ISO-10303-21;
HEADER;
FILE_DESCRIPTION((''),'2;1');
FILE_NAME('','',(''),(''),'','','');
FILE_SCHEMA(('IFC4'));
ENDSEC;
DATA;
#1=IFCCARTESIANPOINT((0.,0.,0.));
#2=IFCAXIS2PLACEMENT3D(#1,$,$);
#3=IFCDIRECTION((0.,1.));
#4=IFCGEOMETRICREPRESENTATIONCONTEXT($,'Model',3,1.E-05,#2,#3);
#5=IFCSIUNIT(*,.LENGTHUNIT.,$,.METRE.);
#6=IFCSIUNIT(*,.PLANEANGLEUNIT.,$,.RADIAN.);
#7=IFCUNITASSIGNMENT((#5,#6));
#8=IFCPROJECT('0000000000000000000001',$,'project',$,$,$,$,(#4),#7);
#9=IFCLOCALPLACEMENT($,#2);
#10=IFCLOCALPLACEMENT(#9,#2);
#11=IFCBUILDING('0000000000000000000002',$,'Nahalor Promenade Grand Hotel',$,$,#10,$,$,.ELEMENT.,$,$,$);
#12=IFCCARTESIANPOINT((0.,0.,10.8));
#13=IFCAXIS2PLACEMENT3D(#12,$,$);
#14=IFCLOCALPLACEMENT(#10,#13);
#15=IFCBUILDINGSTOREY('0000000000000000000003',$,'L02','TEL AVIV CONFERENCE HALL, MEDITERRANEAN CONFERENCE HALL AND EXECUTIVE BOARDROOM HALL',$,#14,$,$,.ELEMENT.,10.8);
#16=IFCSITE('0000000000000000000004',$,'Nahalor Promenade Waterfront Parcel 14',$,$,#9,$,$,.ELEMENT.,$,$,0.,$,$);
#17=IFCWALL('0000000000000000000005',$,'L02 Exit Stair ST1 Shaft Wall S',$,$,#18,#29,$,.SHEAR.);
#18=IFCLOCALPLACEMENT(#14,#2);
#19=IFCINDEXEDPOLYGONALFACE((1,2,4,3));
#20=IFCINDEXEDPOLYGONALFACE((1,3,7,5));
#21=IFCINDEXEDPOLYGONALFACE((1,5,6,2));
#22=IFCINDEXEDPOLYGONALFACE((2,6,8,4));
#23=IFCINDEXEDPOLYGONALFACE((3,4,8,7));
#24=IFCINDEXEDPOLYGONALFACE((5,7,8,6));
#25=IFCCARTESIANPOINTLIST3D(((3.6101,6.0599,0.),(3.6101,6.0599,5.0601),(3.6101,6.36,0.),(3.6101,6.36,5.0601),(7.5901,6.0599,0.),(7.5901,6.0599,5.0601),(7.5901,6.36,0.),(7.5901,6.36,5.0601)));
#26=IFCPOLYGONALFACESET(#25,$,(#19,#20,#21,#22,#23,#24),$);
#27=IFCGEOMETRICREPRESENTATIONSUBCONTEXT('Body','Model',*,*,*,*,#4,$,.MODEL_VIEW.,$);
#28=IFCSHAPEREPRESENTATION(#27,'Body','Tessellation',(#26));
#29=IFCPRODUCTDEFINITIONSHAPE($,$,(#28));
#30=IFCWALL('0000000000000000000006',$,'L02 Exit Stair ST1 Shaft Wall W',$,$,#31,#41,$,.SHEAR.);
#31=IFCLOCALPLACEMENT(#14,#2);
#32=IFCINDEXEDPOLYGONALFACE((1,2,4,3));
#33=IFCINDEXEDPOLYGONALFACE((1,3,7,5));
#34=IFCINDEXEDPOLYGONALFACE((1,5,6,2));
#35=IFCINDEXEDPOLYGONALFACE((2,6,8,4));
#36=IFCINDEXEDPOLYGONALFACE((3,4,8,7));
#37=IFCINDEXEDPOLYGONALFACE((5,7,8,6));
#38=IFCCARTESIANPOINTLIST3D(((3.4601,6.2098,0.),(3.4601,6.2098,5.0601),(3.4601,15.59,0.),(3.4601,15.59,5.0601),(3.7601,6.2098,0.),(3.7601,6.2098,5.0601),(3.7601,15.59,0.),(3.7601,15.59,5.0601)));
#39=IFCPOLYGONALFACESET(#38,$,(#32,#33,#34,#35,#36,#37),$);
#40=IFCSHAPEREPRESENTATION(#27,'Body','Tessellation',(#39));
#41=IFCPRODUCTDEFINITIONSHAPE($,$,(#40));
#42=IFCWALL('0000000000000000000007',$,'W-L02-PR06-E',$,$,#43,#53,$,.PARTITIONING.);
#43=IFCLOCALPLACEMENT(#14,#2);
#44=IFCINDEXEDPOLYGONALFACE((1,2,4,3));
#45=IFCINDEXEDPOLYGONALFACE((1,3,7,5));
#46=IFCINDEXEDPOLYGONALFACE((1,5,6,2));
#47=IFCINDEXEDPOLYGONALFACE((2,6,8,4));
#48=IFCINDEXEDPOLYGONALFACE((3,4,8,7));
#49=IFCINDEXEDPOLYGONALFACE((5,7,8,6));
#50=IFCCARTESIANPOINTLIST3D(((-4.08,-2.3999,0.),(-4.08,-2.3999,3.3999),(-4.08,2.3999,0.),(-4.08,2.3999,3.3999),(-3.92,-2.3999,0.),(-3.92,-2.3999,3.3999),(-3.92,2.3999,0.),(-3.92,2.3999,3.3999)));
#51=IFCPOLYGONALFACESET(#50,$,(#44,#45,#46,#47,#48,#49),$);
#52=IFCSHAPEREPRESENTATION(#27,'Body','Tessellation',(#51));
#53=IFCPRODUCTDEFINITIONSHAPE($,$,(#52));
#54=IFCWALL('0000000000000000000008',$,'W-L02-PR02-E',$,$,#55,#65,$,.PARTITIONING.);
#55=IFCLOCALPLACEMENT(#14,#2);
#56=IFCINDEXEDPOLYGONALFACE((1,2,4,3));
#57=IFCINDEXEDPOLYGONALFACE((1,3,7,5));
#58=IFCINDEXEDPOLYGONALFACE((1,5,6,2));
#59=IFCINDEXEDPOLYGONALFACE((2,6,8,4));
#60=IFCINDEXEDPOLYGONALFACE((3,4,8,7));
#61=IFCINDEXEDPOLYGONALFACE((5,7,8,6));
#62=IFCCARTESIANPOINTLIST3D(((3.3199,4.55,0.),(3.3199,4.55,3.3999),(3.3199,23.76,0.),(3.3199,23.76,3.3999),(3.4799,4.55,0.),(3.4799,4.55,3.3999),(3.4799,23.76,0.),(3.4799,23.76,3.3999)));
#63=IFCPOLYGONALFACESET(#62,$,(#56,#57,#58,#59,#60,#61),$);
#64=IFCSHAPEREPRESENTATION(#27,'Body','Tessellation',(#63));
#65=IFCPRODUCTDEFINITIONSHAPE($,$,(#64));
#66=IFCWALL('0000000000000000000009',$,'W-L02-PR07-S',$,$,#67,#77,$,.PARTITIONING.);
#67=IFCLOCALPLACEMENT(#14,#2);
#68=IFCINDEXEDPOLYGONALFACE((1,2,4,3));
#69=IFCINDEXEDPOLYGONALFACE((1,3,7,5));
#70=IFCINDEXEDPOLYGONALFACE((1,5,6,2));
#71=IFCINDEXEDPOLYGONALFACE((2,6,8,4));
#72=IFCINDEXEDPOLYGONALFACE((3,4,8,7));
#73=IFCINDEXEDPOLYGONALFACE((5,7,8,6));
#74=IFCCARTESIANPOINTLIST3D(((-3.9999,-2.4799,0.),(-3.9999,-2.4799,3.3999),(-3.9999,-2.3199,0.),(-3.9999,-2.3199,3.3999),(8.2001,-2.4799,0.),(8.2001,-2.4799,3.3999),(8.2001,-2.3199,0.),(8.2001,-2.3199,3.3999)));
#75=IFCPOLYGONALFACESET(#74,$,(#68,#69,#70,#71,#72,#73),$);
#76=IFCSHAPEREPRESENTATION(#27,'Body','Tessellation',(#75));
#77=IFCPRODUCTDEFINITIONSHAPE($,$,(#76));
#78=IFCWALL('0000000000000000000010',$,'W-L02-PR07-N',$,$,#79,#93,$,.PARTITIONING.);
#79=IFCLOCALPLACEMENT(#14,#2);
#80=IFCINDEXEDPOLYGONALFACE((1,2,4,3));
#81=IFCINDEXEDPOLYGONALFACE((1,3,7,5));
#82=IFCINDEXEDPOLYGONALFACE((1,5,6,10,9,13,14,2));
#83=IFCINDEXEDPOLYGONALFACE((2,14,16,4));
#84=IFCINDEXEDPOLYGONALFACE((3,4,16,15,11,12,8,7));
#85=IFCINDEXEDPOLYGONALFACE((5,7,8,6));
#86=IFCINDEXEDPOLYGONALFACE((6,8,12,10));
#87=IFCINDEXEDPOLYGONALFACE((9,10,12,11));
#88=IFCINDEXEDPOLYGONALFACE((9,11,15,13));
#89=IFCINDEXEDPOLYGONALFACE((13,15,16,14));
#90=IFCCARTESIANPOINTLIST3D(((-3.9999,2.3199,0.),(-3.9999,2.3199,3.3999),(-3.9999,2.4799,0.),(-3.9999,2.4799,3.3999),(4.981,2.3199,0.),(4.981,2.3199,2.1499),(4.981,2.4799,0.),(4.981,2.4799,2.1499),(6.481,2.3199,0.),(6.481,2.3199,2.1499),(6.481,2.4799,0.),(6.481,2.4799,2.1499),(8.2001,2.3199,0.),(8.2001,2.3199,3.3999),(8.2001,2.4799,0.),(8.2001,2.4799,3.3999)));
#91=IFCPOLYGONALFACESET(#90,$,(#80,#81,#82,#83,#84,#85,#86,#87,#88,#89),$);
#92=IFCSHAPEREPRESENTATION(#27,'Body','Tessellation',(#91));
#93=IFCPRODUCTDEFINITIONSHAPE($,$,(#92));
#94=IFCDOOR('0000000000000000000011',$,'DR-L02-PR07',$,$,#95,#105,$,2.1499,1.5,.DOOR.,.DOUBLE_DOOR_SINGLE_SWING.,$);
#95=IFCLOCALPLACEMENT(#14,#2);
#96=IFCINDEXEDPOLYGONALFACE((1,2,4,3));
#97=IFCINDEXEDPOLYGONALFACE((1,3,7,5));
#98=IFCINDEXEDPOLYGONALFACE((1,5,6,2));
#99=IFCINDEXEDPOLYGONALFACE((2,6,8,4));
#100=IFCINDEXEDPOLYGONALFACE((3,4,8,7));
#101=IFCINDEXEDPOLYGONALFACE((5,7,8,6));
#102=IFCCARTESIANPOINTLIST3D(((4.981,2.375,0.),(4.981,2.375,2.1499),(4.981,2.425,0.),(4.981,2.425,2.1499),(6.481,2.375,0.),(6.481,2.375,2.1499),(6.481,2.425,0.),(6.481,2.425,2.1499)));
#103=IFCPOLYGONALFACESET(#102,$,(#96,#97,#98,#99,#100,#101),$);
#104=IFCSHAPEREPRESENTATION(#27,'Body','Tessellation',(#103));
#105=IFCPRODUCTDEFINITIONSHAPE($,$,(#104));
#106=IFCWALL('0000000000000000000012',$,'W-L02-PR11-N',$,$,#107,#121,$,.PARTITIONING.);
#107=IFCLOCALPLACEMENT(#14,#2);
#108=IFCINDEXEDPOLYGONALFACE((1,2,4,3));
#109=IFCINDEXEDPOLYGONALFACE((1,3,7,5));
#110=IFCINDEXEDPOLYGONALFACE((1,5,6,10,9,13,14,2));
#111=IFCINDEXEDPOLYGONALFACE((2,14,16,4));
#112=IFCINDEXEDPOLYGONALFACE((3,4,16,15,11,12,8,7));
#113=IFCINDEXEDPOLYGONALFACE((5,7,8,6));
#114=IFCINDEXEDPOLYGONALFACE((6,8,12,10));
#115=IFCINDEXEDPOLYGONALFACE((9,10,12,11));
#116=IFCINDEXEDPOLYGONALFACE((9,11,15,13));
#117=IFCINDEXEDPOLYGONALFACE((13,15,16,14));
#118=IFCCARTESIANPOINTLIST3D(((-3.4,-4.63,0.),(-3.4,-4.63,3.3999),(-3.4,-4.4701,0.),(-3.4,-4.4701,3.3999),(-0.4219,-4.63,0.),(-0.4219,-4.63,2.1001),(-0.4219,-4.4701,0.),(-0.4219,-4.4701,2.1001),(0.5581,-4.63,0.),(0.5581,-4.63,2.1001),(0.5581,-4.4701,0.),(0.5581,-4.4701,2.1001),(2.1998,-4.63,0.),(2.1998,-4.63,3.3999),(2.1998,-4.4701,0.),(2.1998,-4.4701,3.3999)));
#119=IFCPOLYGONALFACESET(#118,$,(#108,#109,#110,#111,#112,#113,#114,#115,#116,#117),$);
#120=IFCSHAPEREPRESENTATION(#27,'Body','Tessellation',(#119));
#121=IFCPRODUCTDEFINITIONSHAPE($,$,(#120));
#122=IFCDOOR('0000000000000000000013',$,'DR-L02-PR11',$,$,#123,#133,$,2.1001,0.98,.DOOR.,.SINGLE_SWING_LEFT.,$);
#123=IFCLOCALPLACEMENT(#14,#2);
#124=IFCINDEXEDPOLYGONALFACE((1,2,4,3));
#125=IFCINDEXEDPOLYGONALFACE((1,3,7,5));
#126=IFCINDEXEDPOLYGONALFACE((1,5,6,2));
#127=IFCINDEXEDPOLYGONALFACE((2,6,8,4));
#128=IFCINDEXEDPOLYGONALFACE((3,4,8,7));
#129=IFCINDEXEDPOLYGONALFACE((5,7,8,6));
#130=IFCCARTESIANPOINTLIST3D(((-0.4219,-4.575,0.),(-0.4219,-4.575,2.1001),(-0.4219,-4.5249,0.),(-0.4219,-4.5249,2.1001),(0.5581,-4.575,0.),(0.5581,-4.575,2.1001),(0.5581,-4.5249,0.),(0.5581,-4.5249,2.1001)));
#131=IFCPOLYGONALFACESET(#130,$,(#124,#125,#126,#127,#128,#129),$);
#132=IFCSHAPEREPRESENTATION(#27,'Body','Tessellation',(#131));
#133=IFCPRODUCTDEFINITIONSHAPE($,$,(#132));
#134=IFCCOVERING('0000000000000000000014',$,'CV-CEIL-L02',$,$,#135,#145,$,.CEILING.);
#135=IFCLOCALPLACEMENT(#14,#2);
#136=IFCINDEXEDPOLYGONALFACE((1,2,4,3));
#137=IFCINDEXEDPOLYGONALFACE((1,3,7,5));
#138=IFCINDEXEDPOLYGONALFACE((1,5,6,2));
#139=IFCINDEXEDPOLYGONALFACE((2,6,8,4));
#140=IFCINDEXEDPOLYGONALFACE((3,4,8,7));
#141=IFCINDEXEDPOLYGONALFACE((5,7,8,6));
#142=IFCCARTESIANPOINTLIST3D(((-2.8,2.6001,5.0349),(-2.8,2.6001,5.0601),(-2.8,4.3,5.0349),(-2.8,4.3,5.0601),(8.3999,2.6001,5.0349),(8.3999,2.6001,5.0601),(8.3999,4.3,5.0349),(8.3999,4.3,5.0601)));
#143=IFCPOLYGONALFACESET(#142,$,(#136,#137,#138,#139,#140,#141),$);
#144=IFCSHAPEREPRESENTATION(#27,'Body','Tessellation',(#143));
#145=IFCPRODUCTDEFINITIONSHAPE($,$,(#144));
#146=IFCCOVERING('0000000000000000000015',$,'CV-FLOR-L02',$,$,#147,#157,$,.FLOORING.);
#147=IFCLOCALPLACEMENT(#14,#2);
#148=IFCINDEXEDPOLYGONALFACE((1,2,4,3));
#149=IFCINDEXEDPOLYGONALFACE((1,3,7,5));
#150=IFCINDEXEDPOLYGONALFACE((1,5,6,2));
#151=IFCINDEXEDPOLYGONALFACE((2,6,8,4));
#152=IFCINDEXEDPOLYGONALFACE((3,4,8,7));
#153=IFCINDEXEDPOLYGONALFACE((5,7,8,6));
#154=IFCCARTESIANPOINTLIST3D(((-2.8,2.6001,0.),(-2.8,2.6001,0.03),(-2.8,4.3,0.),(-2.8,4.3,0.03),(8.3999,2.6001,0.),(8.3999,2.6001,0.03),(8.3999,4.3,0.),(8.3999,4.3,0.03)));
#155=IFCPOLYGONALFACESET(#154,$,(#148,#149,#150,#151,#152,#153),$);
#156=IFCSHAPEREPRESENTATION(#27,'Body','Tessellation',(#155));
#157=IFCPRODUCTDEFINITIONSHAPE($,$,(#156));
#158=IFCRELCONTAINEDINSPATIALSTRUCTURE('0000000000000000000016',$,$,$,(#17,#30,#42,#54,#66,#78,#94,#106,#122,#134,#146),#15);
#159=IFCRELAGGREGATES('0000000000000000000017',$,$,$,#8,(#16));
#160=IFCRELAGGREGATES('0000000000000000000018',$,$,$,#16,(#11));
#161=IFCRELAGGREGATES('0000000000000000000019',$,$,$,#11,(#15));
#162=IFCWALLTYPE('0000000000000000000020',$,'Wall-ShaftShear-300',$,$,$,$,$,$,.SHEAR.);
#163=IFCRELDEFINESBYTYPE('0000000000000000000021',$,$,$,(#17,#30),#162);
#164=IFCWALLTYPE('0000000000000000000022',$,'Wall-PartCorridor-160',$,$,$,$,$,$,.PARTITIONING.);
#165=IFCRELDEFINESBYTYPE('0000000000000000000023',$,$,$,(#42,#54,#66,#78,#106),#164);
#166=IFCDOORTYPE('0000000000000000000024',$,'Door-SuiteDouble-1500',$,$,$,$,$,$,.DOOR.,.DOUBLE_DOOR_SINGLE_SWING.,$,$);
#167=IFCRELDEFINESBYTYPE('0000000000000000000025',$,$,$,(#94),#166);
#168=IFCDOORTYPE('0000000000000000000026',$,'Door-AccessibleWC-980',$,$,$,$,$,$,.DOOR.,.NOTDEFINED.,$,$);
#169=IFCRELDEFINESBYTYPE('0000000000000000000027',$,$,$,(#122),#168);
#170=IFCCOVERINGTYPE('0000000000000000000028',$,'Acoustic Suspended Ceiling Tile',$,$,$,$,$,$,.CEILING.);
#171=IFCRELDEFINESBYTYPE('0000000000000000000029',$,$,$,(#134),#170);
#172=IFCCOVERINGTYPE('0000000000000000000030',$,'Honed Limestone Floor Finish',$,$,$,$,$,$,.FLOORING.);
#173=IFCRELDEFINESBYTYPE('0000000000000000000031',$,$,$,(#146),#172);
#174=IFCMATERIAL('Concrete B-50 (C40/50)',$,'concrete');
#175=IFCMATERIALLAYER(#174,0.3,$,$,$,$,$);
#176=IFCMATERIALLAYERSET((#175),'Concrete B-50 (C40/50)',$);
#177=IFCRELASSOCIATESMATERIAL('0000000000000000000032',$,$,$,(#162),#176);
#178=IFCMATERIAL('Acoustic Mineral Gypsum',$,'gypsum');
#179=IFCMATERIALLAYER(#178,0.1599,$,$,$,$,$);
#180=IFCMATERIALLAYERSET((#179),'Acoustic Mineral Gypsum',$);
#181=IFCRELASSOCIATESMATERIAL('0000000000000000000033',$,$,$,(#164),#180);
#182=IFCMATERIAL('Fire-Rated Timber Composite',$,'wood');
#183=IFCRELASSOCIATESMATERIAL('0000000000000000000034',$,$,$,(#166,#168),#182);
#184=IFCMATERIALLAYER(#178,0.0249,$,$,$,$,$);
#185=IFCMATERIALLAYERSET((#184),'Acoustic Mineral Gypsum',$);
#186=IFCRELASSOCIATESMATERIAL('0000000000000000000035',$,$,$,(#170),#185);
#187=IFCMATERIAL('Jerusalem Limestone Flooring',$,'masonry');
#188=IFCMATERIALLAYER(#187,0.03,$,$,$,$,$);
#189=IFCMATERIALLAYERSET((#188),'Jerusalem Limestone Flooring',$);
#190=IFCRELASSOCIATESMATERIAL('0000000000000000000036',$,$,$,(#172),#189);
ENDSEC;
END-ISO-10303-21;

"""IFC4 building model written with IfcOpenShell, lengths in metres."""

from ifc_helpers import new_model, si_unit, direction, frame, frame_2d, origin, place, context, subcontext, project, spatial, polyline, rectangle, outline, extrude, source, transform, mapped, material, layer, layer_set, type_object, element, fill, save


model = new_model("IFC4")

# Units and contexts
model_context = context("Model", 3, precision=1e-05, world=origin(), true_north=direction((0.0, 1.0)))
body_context = subcontext(model_context, "Body", "Model", "MODEL_VIEW")
ifc_project = project(units=[si_unit("LENGTHUNIT", "METRE"), si_unit("PLANEANGLEUNIT", "RADIAN")], contexts=[model_context])

# Site, building, storey
site_placement = place(None, origin())
site = spatial("IfcSite", under=ifc_project, at=site_placement, Name="Nahalor Promenade Waterfront Parcel 14", CompositionType="ELEMENT", RefElevation=0.0)
building_placement = place(site_placement, origin())
building = spatial("IfcBuilding", under=site, at=building_placement, Name="Nahalor Promenade Grand Hotel", CompositionType="ELEMENT")
storey_placement = place(building_placement, frame((0.0, 0.0, 10.8)))
storey = spatial("IfcBuildingStorey", under=building, at=storey_placement, Name="L02", Description="TEL AVIV CONFERENCE HALL, MEDITERRANEAN CONFERENCE HALL AND EXECUTIVE BOARDROOM HALL", CompositionType="ELEMENT", Elevation=10.8)

# Shared definitions
ifc_material_1 = material(Name="Concrete B-50 (C40/50)", Category="concrete")

# Walls
ifc_layer_1 = layer(ifc_material_1, 0.3)
ifc_layer_set_1 = layer_set([ifc_layer_1], Name="Concrete B-50 (C40/50)")
wall_type_1 = type_object("IfcWallType", Name="Wall-ShaftShear-300", PredefinedType="SHEAR", material=ifc_layer_set_1)
shared_shape_1 = source(origin(), body_context, "Body", "SweptSolid", [
    extrude(rectangle(XDim=3.98, YDim=0.3, at=frame_2d((1.99, 0.0))), origin(), (0.0, 0.0, 1.0), 5.0601),
])
wall_1_placement = place(storey_placement, frame((3.6101, 6.21, 0.0), z_axis=(0.0, 0.0, 1.0), x_axis=(1.0, 0.0, 0.0)))
element("IfcWall", 1, at=wall_1_placement, inside=storey, type_object=wall_type_1, Name="L02 Exit Stair ST1 Shaft Wall S", PredefinedType="SHEAR", context=body_context, shape_type="MappedRepresentation", body=[
    mapped(shared_shape_1, transform((0.0, 0.0, 0.0), scale=1.0)),
])
shared_shape_2 = source(origin(), body_context, "Body", "SweptSolid", [
    extrude(rectangle(XDim=9.3801, YDim=0.3, at=frame_2d((4.6899, 0.0))), origin(), (0.0, 0.0, 1.0), 5.0601),
])
wall_2_placement = place(storey_placement, frame((3.6101, 6.21, 0.0), z_axis=(0.0, 0.0, 1.0), x_axis=(0.0, 1.0, 0.0)))
element("IfcWall", 2, at=wall_2_placement, inside=storey, type_object=wall_type_1, Name="L02 Exit Stair ST1 Shaft Wall W", PredefinedType="SHEAR", context=body_context, shape_type="MappedRepresentation", body=[
    mapped(shared_shape_2, transform((0.0, 0.0, 0.0), scale=1.0)),
])
ifc_material_2 = material(Name="Acoustic Mineral Gypsum", Category="gypsum")
ifc_layer_2 = layer(ifc_material_2, 0.1599)
ifc_layer_set_2 = layer_set([ifc_layer_2], Name="Acoustic Mineral Gypsum")
wall_type_2 = type_object("IfcWallType", Name="Wall-PartCorridor-160", PredefinedType="PARTITIONING", material=ifc_layer_set_2)
shared_shape_3 = source(origin(), body_context, "Body", "SweptSolid", [
    extrude(rectangle(XDim=4.7998, YDim=0.1599, at=frame_2d((2.3999, 0.0))), origin(), (0.0, 0.0, 1.0), 3.3999),
])
wall_3_placement = place(storey_placement, frame((-4.0, -2.3999, 0.0), z_axis=(0.0, 0.0, 1.0), x_axis=(0.0, 1.0, 0.0)))
element("IfcWall", 3, at=wall_3_placement, inside=storey, type_object=wall_type_2, Name="W-L02-PR06-E", PredefinedType="PARTITIONING", context=body_context, shape_type="MappedRepresentation", body=[
    mapped(shared_shape_3, transform((0.0, 0.0, 0.0), scale=1.0)),
])
shared_shape_4 = source(origin(), body_context, "Body", "SweptSolid", [
    extrude(rectangle(XDim=19.21, YDim=0.1599, at=frame_2d((9.605, 0.0))), origin(), (0.0, 0.0, 1.0), 3.3999),
])
wall_4_placement = place(storey_placement, frame((3.3999, 4.55, 0.0), z_axis=(0.0, 0.0, 1.0), x_axis=(0.0, 1.0, 0.0)))
element("IfcWall", 4, at=wall_4_placement, inside=storey, type_object=wall_type_2, Name="W-L02-PR02-E", PredefinedType="PARTITIONING", context=body_context, shape_type="MappedRepresentation", body=[
    mapped(shared_shape_4, transform((0.0, 0.0, 0.0), scale=1.0)),
])
shared_shape_5 = source(origin(), body_context, "Body", "SweptSolid", [
    extrude(rectangle(XDim=12.2, YDim=0.1599, at=frame_2d((6.1001, 0.0))), origin(), (0.0, 0.0, 1.0), 3.3999),
])
wall_5_placement = place(storey_placement, frame((-4.0, -2.3999, 0.0), z_axis=(0.0, 0.0, 1.0), x_axis=(1.0, 0.0, 0.0)))
element("IfcWall", 5, at=wall_5_placement, inside=storey, type_object=wall_type_2, Name="W-L02-PR07-S", PredefinedType="PARTITIONING", context=body_context, shape_type="MappedRepresentation", body=[
    mapped(shared_shape_5, transform((0.0, 0.0, 0.0), scale=1.0)),
])

# Walls, openings, doors
wall_6_placement = place(storey_placement, frame((-4.0, 2.3999, 0.0), z_axis=(0.0, 0.0, 1.0), x_axis=(1.0, 0.0, 0.0)))
wall_6 = element("IfcWall", 6, at=wall_6_placement, inside=storey, type_object=wall_type_2, Name="W-L02-PR07-N", PredefinedType="PARTITIONING", context=body_context, shape_type="MappedRepresentation", body=[
    mapped(shared_shape_5, transform((0.0, 0.0, 0.0), scale=1.0)),
])
opening_1_placement = place(wall_6_placement, frame((8.981, 0.0, 0.0)))
opening_1 = element("IfcOpeningElement", 7, at=opening_1_placement, cuts=wall_6, PredefinedType="OPENING", context=body_context, shape_type="SweptSolid", body=[
    extrude(rectangle(XDim=1.5, YDim=2.1499, at=frame_2d((0.75, 1.075))), frame((0.0, 0.0898, 0.0), z_axis=(0.0, -1.0, 0.0), x_axis=(1.0, 0.0, 0.0)), (0.0, 0.0, 1.0), 0.1799),
])
ifc_material_3 = material(Name="Fire-Rated Timber Composite", Category="wood")
door_type_1 = type_object("IfcDoorType", Name="Door-SuiteDouble-1500", OperationType="DOUBLE_DOOR_SINGLE_SWING", PredefinedType="DOOR", material=ifc_material_3)
shared_shape_6 = source(origin(), body_context, "Body", "SweptSolid", [
    extrude(rectangle(XDim=1.5, YDim=2.1499, at=frame_2d((0.75, 1.075))), frame((0.0, 0.0249, 0.0), z_axis=(0.0, -1.0, 0.0), x_axis=(1.0, 0.0, 0.0)), (0.0, 0.0, 1.0), 0.05),
])
door_1_placement = place(opening_1_placement, frame((1.5, 0.0, 0.0), z_axis=(0.0, 0.0, 1.0), x_axis=(-1.0, 0.0, 0.0)))
door_1 = element("IfcDoor", 8, at=door_1_placement, inside=storey, type_object=door_type_1, Name="DR-L02-PR07", OperationType="DOUBLE_DOOR_SINGLE_SWING", OverallHeight=2.1499, OverallWidth=1.5, PredefinedType="DOOR", context=body_context, shape_type="MappedRepresentation", body=[
    mapped(shared_shape_6, transform((0.0, 0.0, 0.0), scale=1.0)),
])
fill(opening_1, door_1)
shared_shape_7 = source(origin(), body_context, "Body", "SweptSolid", [
    extrude(rectangle(XDim=5.5999, YDim=0.1599, at=frame_2d((2.7998, 0.0))), origin(), (0.0, 0.0, 1.0), 3.3999),
])
wall_7_placement = place(storey_placement, frame((-3.3999, -4.55, 0.0), z_axis=(0.0, 0.0, 1.0), x_axis=(1.0, 0.0, 0.0)))
wall_7 = element("IfcWall", 9, at=wall_7_placement, inside=storey, type_object=wall_type_2, Name="W-L02-PR11-N", PredefinedType="PARTITIONING", context=body_context, shape_type="MappedRepresentation", body=[
    mapped(shared_shape_7, transform((0.0, 0.0, 0.0), scale=1.0)),
])
opening_2_placement = place(wall_7_placement, frame((2.978, 0.0, 0.0)))
opening_2 = element("IfcOpeningElement", 10, at=opening_2_placement, cuts=wall_7, PredefinedType="OPENING", context=body_context, shape_type="SweptSolid", body=[
    extrude(rectangle(XDim=0.98, YDim=2.1001, at=frame_2d((0.49, 1.05))), frame((0.0, 0.0898, 0.0), z_axis=(0.0, -1.0, 0.0), x_axis=(1.0, 0.0, 0.0)), (0.0, 0.0, 1.0), 0.1799),
])
door_type_2 = type_object("IfcDoorType", Name="Door-AccessibleWC-980", OperationType="NOTDEFINED", PredefinedType="DOOR", material=ifc_material_3)
shared_shape_8 = source(origin(), body_context, "Body", "SweptSolid", [
    extrude(rectangle(XDim=0.98, YDim=2.1001, at=frame_2d((0.49, 1.05))), frame((0.0, 0.0249, 0.0), z_axis=(0.0, -1.0, 0.0), x_axis=(1.0, 0.0, 0.0)), (0.0, 0.0, 1.0), 0.05),
])
door_2_placement = place(opening_2_placement, frame((0.98, 0.0, 0.0), z_axis=(0.0, 0.0, 1.0), x_axis=(-1.0, 0.0, 0.0)))
door_2 = element("IfcDoor", 11, at=door_2_placement, inside=storey, type_object=door_type_2, Name="DR-L02-PR11", OperationType="SINGLE_SWING_LEFT", OverallHeight=2.1001, OverallWidth=0.98, PredefinedType="DOOR", context=body_context, shape_type="MappedRepresentation", body=[
    mapped(shared_shape_8, transform((0.0, 0.0, 0.0), scale=1.0)),
])
fill(opening_2, door_2)

# Coverings
ifc_layer_3 = layer(ifc_material_2, 0.0249)
ifc_layer_set_3 = layer_set([ifc_layer_3], Name="Acoustic Mineral Gypsum")
covering_type_1 = type_object("IfcCoveringType", Name="Acoustic Suspended Ceiling Tile", PredefinedType="CEILING", material=ifc_layer_set_3)
covering_1_placement = place(storey_placement, frame((0.0, 0.0, 5.0349)))
element("IfcCovering", 12, at=covering_1_placement, inside=storey, type_object=covering_type_1, Name="CV-CEIL-L02", PredefinedType="CEILING", context=body_context, shape_type="SweptSolid", body=[
    extrude(outline(polyline([(-2.8, 2.6001), (8.3999, 2.6001), (8.3999, 4.3), (-2.8, 4.3), (-2.8, 2.6001)])), origin(), (0.0, 0.0, 1.0), 0.0251),
])
ifc_material_4 = material(Name="Jerusalem Limestone Flooring", Category="masonry")
ifc_layer_4 = layer(ifc_material_4, 0.03)
ifc_layer_set_4 = layer_set([ifc_layer_4], Name="Jerusalem Limestone Flooring")
covering_type_2 = type_object("IfcCoveringType", Name="Honed Limestone Floor Finish", PredefinedType="FLOORING", material=ifc_layer_set_4)
covering_2_placement = place(storey_placement, origin())
element("IfcCovering", 13, at=covering_2_placement, inside=storey, type_object=covering_type_2, Name="CV-FLOR-L02", PredefinedType="FLOORING", context=body_context, shape_type="SweptSolid", body=[
    extrude(outline(polyline([(-2.8, 2.6001), (8.3999, 2.6001), (8.3999, 4.3), (-2.8, 4.3), (-2.8, 2.6001)])), origin(), (0.0, 0.0, 1.0), 0.03),
])

save(model, "model.ifc")
